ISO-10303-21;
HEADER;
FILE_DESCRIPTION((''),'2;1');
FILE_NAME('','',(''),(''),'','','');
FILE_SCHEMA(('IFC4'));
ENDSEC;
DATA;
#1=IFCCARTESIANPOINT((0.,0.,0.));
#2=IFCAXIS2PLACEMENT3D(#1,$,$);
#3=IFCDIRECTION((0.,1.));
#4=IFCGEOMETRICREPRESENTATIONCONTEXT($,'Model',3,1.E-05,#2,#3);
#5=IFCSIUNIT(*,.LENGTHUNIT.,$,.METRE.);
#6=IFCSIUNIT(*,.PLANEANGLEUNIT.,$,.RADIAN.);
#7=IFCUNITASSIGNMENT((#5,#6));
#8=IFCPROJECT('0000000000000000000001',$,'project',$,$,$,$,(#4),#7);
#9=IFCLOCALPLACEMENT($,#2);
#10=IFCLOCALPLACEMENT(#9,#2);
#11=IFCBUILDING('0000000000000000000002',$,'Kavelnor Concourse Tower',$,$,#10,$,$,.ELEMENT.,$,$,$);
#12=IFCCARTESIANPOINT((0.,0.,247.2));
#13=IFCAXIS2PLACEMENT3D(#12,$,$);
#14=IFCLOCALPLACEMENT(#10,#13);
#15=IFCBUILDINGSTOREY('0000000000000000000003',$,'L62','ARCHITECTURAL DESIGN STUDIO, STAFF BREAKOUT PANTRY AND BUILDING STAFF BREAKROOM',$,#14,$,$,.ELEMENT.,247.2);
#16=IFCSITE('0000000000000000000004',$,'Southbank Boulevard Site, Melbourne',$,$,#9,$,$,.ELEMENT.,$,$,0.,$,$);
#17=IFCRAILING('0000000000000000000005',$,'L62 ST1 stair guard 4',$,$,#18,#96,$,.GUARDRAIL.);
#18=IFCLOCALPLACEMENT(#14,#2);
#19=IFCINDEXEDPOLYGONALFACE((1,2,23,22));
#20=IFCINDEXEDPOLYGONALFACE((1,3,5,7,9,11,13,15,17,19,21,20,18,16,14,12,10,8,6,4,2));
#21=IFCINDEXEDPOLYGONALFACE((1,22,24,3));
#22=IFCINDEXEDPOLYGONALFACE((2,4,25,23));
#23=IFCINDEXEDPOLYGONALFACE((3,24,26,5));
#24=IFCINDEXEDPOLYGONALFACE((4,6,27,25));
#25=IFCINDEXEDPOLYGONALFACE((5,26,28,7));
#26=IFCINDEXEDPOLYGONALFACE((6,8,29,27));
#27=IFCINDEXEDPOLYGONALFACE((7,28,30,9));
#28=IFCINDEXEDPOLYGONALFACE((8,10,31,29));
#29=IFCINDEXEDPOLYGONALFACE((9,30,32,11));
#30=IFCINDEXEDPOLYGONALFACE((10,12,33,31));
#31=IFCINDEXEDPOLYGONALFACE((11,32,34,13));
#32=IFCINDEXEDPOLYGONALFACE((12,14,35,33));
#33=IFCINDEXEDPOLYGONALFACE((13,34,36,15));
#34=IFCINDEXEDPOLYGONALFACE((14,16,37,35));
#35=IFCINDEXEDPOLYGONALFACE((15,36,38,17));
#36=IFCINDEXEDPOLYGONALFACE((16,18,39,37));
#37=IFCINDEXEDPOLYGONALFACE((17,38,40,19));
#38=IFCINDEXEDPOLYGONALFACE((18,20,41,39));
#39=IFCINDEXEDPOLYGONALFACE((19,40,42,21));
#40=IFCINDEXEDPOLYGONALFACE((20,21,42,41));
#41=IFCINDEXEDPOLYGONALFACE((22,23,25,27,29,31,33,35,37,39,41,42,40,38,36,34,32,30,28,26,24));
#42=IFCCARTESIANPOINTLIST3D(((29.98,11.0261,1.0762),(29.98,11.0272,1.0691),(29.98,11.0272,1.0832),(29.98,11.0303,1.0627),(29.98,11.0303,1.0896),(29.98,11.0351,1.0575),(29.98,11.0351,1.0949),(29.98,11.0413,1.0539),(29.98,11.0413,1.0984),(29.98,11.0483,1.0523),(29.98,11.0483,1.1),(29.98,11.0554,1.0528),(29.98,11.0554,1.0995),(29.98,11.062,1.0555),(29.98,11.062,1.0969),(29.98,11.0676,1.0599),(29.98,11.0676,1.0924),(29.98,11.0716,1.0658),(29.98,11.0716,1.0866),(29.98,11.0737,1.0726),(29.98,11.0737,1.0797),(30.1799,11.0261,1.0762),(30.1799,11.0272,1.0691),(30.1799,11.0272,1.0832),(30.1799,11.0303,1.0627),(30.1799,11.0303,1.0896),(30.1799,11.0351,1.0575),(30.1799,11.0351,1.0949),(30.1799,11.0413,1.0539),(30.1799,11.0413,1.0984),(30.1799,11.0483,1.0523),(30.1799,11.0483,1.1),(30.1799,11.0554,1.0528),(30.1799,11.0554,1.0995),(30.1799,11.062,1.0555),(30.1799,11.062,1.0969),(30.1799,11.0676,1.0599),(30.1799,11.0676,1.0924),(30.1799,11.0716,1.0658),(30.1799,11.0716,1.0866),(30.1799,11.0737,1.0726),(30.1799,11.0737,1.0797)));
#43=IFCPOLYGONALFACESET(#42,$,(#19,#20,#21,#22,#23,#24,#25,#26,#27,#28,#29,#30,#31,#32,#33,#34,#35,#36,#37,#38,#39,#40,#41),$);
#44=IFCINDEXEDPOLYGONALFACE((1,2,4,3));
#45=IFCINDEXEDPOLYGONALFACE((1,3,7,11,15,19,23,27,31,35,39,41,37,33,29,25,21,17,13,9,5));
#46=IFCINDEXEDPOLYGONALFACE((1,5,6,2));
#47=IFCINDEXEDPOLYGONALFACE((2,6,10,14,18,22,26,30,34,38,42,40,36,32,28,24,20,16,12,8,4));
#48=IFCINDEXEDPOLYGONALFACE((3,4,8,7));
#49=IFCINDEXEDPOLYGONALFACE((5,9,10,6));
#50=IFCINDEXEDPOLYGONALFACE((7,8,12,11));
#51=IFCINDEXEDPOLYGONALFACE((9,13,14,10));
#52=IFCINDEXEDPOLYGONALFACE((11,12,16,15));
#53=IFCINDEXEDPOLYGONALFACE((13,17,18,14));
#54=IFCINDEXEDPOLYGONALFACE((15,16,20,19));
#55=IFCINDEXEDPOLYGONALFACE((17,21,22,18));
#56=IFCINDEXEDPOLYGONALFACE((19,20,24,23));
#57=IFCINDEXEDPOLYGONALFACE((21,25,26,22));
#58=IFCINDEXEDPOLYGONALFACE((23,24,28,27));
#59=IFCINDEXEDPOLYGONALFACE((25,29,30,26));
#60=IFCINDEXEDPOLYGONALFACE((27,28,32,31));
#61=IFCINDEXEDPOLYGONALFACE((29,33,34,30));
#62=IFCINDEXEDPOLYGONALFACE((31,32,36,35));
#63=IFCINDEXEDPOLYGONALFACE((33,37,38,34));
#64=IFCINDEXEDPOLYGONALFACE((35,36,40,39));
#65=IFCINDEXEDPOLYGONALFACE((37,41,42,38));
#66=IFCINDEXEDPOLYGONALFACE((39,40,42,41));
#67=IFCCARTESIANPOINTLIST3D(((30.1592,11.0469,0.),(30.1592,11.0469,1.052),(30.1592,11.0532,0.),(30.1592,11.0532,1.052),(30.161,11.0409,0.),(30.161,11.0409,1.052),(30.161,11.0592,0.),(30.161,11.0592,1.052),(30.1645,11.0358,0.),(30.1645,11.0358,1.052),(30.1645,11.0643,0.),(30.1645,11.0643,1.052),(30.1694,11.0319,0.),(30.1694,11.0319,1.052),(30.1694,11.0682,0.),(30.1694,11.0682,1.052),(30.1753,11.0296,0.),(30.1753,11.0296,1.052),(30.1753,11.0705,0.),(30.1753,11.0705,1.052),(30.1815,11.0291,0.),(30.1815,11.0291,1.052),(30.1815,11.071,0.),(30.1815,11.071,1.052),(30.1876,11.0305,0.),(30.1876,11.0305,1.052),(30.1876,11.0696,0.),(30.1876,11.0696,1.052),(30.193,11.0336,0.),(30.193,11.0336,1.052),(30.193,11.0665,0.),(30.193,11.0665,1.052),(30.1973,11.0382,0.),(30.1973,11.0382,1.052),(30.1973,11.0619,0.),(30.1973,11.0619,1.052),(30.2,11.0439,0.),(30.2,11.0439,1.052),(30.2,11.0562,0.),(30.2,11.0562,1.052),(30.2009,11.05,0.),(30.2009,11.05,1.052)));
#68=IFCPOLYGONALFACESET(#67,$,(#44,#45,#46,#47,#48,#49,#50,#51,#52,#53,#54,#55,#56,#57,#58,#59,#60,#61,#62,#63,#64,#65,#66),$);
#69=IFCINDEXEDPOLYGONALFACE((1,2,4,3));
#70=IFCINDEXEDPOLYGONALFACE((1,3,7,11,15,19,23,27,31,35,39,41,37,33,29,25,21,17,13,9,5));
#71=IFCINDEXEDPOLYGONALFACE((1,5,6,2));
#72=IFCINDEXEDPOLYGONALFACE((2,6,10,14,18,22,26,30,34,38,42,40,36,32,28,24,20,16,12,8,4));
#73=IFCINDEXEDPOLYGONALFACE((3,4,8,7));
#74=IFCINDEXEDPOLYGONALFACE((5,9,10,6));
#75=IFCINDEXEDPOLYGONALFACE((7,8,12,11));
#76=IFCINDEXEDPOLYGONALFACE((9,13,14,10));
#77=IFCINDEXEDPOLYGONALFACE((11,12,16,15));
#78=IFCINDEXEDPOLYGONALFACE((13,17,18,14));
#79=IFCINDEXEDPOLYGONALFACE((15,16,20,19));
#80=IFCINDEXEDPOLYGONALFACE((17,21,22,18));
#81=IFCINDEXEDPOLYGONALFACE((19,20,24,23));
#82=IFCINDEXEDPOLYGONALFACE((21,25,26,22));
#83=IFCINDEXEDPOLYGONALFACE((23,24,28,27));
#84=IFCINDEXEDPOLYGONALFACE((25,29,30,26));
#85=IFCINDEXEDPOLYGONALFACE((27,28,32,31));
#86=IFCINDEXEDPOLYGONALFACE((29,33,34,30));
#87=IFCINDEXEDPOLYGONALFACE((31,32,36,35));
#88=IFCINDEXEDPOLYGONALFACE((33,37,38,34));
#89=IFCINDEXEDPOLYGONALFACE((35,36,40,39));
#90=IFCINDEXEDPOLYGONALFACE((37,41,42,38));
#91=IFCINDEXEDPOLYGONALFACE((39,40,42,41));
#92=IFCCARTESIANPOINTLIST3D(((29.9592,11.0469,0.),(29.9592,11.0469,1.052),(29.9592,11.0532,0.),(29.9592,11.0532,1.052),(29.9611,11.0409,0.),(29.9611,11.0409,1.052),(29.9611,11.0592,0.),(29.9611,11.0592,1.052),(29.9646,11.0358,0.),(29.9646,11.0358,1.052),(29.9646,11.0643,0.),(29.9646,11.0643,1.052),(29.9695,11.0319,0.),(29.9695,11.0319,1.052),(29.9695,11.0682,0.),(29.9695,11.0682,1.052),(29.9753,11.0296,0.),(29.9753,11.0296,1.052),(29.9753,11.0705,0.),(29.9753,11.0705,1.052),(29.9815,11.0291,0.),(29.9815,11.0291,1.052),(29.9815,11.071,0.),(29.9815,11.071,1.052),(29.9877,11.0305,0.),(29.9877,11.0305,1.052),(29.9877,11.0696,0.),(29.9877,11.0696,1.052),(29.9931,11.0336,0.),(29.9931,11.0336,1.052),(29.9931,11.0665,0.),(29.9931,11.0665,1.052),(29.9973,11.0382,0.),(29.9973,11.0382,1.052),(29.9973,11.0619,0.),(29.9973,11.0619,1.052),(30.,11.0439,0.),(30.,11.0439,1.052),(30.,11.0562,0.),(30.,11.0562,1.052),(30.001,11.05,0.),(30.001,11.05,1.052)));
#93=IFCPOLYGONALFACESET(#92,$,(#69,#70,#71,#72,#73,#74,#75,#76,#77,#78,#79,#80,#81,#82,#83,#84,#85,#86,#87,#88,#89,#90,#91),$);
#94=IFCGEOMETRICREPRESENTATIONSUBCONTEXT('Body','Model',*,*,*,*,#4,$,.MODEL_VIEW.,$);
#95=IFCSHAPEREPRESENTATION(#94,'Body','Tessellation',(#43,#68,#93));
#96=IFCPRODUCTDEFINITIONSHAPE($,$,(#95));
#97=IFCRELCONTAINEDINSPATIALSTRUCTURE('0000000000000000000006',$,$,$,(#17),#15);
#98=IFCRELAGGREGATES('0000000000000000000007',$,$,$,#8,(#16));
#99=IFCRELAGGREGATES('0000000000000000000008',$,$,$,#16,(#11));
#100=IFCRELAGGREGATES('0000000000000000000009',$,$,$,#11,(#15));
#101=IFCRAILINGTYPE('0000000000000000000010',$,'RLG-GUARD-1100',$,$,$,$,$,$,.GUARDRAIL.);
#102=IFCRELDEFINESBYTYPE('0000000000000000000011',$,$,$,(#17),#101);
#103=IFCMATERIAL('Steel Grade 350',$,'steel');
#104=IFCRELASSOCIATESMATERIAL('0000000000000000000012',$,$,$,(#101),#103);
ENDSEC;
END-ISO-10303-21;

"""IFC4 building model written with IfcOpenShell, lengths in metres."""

from ifc_helpers import new_model, si_unit, direction, frame, origin, origin_2d, place, context, subcontext, project, spatial, circle, extrude, material, type_object, element, save


model = new_model("IFC4")

# Units and contexts
model_context = context("Model", 3, precision=1e-05, world=origin(), true_north=direction((0.0, 1.0)))
body_context = subcontext(model_context, "Body", "Model", "MODEL_VIEW")
ifc_project = project(units=[si_unit("LENGTHUNIT", "METRE"), si_unit("PLANEANGLEUNIT", "RADIAN")], contexts=[model_context])

# Site, building, storey
site_placement = place(None, origin())
site = spatial("IfcSite", under=ifc_project, at=site_placement, Name="Southbank Boulevard Site, Melbourne", CompositionType="ELEMENT", RefElevation=0.0)
building_placement = place(site_placement, origin())
building = spatial("IfcBuilding", under=site, at=building_placement, Name="Kavelnor Concourse Tower", CompositionType="ELEMENT")
storey_placement = place(building_placement, frame((0.0, 0.0, 247.2)))
storey = spatial("IfcBuildingStorey", under=building, at=storey_placement, Name="L62", Description="ARCHITECTURAL DESIGN STUDIO, STAFF BREAKOUT PANTRY AND BUILDING STAFF BREAKROOM", CompositionType="ELEMENT", Elevation=247.2)

# Shared definitions
ifc_material_1 = material(Name="Steel Grade 350", Category="steel")

# Railing
railing_type_1 = type_object("IfcRailingType", Name="RLG-GUARD-1100", PredefinedType="GUARDRAIL", material=ifc_material_1)
railing_1_placement = place(storey_placement, frame((30.1799, 11.05, 0.0)))
element("IfcRailing", 1, at=railing_1_placement, inside=storey, type_object=railing_type_1, Name="L62 ST1 stair guard 4", PredefinedType="GUARDRAIL", context=body_context, shape_type="SweptSolid", body=[
    extrude(circle(Radius=0.0239, at=origin_2d()), frame((0.0, 0.0, 1.0762), z_axis=(-1.0, 0.0, 0.0), x_axis=(0.0, -1.0, 0.0)), (0.0, 0.0, 1.0), 0.2),
    extrude(circle(Radius=0.021, at=origin_2d()), origin(), (0.0, 0.0, 1.0), 1.052),
    extrude(circle(Radius=0.021, at=origin_2d()), frame((-0.2, 0.0, 0.0)), (0.0, 0.0, 1.0), 1.052),
])

save(model, "model.ifc")
